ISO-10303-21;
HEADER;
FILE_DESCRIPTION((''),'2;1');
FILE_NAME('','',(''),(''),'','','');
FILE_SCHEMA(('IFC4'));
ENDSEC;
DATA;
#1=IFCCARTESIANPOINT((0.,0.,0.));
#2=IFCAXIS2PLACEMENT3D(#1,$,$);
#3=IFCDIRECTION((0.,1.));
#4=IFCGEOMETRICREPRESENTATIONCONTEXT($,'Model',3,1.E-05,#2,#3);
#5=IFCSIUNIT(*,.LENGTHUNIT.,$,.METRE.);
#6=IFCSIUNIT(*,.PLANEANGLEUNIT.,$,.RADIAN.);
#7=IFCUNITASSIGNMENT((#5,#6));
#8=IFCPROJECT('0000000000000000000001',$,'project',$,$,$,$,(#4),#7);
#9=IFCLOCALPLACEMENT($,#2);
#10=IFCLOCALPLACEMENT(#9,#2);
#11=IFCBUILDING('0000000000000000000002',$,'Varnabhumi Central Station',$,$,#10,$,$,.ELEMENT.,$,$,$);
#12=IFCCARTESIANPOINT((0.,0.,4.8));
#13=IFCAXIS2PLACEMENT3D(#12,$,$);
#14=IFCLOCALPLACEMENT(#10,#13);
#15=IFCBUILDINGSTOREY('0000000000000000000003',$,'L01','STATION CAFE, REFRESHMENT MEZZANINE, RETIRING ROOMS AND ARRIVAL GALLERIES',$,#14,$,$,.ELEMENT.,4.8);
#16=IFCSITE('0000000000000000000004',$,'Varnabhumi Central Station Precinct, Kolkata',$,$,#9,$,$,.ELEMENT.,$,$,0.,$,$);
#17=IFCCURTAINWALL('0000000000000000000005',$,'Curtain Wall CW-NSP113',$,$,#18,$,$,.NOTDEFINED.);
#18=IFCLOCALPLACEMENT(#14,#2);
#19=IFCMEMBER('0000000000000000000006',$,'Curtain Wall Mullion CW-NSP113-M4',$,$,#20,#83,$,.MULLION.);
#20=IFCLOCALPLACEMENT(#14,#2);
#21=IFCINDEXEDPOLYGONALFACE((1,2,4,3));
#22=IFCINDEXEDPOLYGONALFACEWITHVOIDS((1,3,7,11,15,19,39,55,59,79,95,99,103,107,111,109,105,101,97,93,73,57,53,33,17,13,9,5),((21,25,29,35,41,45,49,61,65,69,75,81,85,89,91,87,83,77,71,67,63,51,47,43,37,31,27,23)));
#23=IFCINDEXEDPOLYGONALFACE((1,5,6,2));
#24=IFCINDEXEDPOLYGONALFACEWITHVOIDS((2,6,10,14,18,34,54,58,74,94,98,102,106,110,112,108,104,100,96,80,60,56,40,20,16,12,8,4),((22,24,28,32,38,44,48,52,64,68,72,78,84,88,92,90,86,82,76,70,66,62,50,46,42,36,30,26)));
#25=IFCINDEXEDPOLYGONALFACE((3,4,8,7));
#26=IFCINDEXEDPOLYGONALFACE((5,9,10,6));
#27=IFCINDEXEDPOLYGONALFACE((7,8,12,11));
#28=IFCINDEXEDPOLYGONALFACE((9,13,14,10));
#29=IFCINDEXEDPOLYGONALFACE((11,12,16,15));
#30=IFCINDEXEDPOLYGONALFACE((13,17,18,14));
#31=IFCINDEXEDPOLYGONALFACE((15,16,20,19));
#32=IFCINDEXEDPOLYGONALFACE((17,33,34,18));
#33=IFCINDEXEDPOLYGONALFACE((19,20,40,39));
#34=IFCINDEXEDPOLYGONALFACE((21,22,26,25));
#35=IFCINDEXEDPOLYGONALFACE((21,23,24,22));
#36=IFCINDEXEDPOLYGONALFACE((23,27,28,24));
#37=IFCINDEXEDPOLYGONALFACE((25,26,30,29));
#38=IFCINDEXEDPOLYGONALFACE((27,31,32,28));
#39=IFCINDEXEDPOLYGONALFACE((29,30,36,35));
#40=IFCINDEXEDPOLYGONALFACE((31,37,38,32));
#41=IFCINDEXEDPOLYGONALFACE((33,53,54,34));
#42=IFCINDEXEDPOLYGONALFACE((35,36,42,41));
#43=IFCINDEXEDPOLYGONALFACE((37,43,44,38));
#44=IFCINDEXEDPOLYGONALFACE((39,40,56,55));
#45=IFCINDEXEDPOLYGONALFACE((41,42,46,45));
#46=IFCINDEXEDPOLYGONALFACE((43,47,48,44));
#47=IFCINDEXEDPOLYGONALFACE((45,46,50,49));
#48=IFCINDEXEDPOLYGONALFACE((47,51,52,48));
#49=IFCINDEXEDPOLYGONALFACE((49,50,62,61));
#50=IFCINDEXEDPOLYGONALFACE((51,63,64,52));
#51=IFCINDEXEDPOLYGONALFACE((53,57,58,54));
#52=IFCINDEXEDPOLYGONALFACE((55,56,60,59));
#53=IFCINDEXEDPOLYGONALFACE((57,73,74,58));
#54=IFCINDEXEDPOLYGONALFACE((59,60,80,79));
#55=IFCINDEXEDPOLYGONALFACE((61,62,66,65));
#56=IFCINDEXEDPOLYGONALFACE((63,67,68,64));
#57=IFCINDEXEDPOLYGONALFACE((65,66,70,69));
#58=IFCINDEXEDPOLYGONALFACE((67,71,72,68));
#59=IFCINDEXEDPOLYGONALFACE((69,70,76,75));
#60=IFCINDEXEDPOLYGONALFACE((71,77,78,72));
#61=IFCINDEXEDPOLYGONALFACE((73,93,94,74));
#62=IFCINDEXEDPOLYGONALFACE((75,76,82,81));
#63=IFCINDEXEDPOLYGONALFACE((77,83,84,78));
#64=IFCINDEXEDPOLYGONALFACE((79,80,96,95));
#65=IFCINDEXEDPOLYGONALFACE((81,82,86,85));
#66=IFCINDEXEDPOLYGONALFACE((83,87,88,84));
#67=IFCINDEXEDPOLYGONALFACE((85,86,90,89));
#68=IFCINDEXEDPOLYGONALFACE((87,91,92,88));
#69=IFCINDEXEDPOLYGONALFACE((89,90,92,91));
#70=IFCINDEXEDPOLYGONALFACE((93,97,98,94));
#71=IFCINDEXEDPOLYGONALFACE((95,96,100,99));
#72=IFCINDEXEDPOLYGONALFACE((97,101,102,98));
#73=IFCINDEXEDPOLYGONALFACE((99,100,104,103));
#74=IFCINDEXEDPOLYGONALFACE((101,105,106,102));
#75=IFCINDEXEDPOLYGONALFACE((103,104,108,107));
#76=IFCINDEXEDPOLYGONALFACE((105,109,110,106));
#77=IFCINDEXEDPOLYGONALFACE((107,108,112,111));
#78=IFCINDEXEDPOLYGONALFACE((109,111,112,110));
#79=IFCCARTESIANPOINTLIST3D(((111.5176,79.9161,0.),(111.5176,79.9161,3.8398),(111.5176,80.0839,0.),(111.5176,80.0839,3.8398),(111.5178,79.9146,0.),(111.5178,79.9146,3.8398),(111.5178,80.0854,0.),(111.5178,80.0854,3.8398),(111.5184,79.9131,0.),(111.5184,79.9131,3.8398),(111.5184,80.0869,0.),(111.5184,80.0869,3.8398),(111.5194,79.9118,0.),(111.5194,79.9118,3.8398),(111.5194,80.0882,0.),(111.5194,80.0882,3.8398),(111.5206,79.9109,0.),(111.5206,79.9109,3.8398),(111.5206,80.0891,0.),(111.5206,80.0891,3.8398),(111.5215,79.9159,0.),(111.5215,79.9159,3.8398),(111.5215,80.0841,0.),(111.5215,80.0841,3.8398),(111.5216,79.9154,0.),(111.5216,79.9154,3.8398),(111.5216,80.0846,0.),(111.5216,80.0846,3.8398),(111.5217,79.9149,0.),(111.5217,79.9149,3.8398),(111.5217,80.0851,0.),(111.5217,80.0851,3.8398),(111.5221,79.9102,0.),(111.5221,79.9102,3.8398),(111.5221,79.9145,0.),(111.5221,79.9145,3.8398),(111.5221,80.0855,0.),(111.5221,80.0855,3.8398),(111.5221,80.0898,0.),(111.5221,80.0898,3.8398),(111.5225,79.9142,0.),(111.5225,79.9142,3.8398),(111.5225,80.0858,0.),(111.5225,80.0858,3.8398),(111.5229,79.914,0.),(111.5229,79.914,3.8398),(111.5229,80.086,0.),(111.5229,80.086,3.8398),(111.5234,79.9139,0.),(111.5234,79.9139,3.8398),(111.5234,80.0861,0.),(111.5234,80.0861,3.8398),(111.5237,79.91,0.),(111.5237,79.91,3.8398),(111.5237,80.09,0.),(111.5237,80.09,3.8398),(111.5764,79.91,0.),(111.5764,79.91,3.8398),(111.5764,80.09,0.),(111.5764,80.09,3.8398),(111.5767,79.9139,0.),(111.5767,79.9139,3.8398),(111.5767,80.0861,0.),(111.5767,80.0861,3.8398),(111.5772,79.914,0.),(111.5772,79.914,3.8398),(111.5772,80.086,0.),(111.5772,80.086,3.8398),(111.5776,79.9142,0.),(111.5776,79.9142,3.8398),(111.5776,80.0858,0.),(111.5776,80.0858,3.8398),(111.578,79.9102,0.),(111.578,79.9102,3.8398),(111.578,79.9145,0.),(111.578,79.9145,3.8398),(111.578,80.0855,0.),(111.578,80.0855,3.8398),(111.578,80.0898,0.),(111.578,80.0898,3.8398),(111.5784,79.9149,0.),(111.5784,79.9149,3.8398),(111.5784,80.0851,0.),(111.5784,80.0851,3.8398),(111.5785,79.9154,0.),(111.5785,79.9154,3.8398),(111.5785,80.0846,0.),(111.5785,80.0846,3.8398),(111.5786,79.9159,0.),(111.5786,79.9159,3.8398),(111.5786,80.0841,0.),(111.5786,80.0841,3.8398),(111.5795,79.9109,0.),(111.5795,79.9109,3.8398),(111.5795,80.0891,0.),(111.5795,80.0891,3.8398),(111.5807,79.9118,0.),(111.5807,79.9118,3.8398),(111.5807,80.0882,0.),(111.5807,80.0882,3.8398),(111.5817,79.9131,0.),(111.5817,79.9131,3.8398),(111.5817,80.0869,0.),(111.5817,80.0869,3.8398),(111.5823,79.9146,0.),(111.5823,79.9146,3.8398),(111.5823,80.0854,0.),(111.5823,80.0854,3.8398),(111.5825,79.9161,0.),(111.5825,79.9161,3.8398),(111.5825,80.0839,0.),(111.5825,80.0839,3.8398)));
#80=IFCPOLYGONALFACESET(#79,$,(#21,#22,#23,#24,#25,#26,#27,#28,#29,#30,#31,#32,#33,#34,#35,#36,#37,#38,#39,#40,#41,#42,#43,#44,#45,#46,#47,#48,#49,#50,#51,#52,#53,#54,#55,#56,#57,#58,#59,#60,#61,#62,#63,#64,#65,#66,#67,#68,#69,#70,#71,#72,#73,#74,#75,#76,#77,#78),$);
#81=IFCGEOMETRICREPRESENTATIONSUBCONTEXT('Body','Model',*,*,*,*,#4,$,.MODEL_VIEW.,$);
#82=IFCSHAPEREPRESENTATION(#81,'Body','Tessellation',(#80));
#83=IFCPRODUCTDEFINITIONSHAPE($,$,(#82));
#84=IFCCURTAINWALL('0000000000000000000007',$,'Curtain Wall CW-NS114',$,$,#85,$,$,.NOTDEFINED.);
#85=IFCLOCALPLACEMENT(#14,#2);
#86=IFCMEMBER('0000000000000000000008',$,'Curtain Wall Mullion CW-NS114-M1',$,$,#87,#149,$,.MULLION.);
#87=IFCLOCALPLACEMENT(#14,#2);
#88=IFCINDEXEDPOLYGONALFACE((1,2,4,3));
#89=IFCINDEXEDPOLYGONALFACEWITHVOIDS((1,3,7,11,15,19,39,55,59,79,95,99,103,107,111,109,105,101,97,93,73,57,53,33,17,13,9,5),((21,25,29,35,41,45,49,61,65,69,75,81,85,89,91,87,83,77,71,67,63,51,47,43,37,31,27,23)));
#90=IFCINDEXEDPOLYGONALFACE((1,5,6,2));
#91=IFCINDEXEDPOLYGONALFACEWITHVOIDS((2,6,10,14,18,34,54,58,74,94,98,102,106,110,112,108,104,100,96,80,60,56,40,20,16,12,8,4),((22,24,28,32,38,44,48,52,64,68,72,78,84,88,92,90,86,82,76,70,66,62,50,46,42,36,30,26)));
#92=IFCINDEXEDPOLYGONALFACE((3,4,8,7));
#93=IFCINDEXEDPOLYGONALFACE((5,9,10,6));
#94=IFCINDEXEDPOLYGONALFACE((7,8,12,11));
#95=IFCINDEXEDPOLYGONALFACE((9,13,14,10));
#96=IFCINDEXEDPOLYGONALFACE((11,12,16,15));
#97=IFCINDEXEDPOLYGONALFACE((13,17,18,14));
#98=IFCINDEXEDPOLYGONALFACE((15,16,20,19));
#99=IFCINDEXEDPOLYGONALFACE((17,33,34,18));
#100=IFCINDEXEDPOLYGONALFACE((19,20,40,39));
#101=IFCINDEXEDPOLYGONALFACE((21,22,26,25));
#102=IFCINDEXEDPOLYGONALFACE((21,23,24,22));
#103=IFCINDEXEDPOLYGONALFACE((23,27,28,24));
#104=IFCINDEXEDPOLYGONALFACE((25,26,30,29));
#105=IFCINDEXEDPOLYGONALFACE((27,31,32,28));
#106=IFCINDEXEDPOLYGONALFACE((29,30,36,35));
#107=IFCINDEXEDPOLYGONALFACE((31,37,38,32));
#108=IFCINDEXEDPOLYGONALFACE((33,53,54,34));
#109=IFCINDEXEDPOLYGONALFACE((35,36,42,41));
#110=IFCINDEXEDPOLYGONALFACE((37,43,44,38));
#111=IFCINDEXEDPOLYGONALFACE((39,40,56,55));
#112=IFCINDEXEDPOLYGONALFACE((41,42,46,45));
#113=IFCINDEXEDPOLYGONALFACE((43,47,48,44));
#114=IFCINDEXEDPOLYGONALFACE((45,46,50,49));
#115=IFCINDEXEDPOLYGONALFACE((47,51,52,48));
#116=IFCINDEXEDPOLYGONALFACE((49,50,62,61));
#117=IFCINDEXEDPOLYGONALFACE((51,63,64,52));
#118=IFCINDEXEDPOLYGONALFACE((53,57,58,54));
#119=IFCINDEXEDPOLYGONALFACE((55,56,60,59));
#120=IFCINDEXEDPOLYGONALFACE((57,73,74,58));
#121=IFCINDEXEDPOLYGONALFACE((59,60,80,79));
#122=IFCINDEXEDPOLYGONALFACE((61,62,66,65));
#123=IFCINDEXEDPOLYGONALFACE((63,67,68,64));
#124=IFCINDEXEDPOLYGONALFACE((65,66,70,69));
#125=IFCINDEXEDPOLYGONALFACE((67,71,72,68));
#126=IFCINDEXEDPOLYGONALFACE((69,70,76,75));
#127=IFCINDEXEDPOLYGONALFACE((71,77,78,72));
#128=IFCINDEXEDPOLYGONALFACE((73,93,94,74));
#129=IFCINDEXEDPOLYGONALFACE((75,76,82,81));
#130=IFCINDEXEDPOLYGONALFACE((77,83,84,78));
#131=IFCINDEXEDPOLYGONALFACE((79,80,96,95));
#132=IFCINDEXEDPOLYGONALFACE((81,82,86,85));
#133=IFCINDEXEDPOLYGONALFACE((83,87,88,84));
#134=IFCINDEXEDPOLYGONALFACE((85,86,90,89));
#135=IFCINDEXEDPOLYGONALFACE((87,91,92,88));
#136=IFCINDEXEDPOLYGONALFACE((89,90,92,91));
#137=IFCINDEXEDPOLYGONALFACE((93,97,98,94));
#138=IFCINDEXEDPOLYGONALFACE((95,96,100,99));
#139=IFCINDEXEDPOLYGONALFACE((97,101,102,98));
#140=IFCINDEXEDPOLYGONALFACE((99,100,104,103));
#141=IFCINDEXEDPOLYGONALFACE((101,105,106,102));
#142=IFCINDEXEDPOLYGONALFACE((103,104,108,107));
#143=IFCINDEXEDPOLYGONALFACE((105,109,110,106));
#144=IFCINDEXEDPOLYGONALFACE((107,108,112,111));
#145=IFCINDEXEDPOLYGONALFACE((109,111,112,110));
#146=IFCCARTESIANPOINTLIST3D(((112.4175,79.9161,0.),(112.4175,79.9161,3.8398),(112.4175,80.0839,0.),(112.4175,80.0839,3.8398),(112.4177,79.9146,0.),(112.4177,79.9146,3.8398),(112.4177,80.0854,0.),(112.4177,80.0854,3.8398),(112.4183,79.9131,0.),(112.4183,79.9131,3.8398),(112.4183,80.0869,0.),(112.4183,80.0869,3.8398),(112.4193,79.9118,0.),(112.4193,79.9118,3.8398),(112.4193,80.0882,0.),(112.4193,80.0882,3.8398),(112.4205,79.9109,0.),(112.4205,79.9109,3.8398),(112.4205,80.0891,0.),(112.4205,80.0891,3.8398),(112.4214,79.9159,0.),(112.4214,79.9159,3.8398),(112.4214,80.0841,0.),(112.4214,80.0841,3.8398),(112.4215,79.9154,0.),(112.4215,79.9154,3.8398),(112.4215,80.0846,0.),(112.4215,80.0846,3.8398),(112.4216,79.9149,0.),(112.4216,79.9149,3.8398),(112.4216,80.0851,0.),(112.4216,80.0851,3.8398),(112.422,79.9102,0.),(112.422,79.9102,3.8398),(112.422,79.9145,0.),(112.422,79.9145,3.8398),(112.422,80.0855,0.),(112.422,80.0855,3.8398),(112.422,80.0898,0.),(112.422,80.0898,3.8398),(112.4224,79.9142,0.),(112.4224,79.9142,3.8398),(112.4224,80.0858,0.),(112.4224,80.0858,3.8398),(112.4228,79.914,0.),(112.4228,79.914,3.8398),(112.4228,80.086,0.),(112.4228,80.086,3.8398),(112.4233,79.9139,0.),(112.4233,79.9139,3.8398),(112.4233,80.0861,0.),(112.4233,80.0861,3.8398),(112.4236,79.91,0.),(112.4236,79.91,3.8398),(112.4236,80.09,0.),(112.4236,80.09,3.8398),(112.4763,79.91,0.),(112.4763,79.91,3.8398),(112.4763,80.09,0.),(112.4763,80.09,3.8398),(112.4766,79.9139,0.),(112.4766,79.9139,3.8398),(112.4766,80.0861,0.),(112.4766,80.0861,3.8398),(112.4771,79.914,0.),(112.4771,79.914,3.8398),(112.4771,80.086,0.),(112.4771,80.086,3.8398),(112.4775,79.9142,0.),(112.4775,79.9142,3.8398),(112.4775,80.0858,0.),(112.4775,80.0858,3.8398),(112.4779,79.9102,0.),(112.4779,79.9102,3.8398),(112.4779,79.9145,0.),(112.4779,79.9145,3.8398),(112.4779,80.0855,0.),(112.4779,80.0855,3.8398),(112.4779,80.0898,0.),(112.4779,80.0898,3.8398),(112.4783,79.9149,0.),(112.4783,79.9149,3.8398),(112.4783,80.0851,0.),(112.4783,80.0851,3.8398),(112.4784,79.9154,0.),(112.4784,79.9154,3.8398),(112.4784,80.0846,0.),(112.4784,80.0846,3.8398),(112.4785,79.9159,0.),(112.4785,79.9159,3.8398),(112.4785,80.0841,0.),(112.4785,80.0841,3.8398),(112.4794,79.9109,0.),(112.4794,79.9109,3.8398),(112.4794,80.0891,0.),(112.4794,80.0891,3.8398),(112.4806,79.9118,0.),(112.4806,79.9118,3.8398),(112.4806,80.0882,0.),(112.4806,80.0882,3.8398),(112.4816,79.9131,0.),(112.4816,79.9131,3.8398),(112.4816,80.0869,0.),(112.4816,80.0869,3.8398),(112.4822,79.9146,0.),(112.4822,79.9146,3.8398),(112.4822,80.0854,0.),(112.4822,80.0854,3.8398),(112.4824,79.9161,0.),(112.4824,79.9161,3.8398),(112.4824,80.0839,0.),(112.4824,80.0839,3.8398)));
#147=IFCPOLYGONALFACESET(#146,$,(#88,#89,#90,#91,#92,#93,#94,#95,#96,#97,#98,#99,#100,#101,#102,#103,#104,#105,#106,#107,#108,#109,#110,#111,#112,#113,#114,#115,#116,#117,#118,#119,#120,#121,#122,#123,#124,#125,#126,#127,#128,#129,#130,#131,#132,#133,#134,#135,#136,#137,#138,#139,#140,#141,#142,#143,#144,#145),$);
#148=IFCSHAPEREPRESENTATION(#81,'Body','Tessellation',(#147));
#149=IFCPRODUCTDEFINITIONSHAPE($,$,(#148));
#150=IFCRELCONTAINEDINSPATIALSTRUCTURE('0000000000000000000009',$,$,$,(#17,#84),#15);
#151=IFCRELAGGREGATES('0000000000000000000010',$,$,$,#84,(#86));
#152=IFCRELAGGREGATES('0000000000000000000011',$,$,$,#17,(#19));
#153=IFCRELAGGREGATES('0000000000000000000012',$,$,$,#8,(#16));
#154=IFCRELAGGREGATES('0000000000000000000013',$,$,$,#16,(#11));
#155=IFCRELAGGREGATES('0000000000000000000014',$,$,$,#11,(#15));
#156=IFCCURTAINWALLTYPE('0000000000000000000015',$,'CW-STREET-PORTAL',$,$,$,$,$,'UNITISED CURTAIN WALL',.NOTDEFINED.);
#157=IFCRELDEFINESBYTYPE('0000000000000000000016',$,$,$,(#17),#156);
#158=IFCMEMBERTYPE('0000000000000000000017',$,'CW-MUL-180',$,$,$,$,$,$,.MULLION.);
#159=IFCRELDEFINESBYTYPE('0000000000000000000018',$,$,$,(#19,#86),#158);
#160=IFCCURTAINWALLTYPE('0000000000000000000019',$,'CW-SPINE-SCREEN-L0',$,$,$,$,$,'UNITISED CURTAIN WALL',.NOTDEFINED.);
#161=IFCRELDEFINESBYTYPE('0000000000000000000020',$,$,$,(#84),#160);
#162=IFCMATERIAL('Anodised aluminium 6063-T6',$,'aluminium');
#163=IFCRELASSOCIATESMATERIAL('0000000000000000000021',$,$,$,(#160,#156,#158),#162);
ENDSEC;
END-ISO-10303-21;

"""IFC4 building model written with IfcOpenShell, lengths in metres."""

from ifc_helpers import new_model, si_unit, direction, frame, origin, origin_2d, place, context, subcontext, project, spatial, hollow_rectangle, extrude, material, material_profile, profile_set, type_object, element, aggregate, save


model = new_model("IFC4")

# Units and contexts
model_context = context("Model", 3, precision=1e-05, world=origin(), true_north=direction((0.0, 1.0)))
body_context = subcontext(model_context, "Body", "Model", "MODEL_VIEW")
ifc_project = project(units=[si_unit("LENGTHUNIT", "METRE"), si_unit("PLANEANGLEUNIT", "RADIAN")], contexts=[model_context])

# Site, building, storey
site_placement = place(None, origin())
site = spatial("IfcSite", under=ifc_project, at=site_placement, Name="Varnabhumi Central Station Precinct, Kolkata", CompositionType="ELEMENT", RefElevation=0.0)
building_placement = place(site_placement, origin())
building = spatial("IfcBuilding", under=site, at=building_placement, Name="Varnabhumi Central Station", CompositionType="ELEMENT")
storey_placement = place(building_placement, frame((0.0, 0.0, 4.8)))
storey = spatial("IfcBuildingStorey", under=building, at=storey_placement, Name="L01", Description="STATION CAFE, REFRESHMENT MEZZANINE, RETIRING ROOMS AND ARRIVAL GALLERIES", CompositionType="ELEMENT", Elevation=4.8)

# Curtain wall, member
ifc_material_1 = material(Name="Anodised aluminium 6063-T6", Category="aluminium")
curtain_wall_type_1 = type_object("IfcCurtainWallType", Name="CW-SPINE-SCREEN-L0", ElementType="UNITISED CURTAIN WALL", PredefinedType="NOTDEFINED", material=ifc_material_1)
ifc_material_profile_1 = material_profile(ifc_material_1, hollow_rectangle(XDim=0.0649, YDim=0.1799, WallThickness=0.0039, InnerFilletRadius=0.002, OuterFilletRadius=0.0061, at=origin_2d()), Name="Anodised aluminium 6063-T6", Category="aluminium")
ifc_profile_set_1 = profile_set([ifc_material_profile_1], Name="Anodised aluminium 6063-T6")
member_type_1 = type_object("IfcMemberType", Name="CW-MUL-180", PredefinedType="MULLION", material=ifc_profile_set_1)
curtain_wall_type_2 = type_object("IfcCurtainWallType", Name="CW-STREET-PORTAL", ElementType="UNITISED CURTAIN WALL", PredefinedType="NOTDEFINED", material=ifc_material_1)
curtain_wall_1_placement = place(storey_placement, origin())
curtain_wall_1 = element("IfcCurtainWall", 1, at=curtain_wall_1_placement, inside=storey, type_object=curtain_wall_type_2, Name="Curtain Wall CW-NSP113", PredefinedType="NOTDEFINED")
member_1_placement = place(storey_placement, frame((111.55, 80.0, 0.0), z_axis=(0.0, 0.0, 1.0), x_axis=(1.0, 0.0, 0.0)))
member_1 = element("IfcMember", 2, at=member_1_placement, type_object=member_type_1, Name="Curtain Wall Mullion CW-NSP113-M4", PredefinedType="MULLION", context=body_context, shape_type="SweptSolid", body=[
    extrude(hollow_rectangle(XDim=0.0649, YDim=0.1799, WallThickness=0.0039, InnerFilletRadius=0.002, OuterFilletRadius=0.0061, at=origin_2d()), origin(), (0.0, 0.0, 1.0), 3.8398),
])

# Curtain wall, member
curtain_wall_2_placement = place(storey_placement, origin())
curtain_wall_2 = element("IfcCurtainWall", 3, at=curtain_wall_2_placement, inside=storey, type_object=curtain_wall_type_1, Name="Curtain Wall CW-NS114", PredefinedType="NOTDEFINED")
member_2_placement = place(storey_placement, frame((112.45, 80.0, 0.0), z_axis=(0.0, 0.0, 1.0), x_axis=(1.0, 0.0, 0.0)))
member_2 = element("IfcMember", 4, at=member_2_placement, type_object=member_type_1, Name="Curtain Wall Mullion CW-NS114-M1", PredefinedType="MULLION", context=body_context, shape_type="SweptSolid", body=[
    extrude(hollow_rectangle(XDim=0.0649, YDim=0.1799, WallThickness=0.0039, InnerFilletRadius=0.002, OuterFilletRadius=0.0061, at=origin_2d()), origin(), (0.0, 0.0, 1.0), 3.8398),
])

aggregate(curtain_wall_2, [member_2])

aggregate(curtain_wall_1, [member_1])

save(model, "model.ifc")
